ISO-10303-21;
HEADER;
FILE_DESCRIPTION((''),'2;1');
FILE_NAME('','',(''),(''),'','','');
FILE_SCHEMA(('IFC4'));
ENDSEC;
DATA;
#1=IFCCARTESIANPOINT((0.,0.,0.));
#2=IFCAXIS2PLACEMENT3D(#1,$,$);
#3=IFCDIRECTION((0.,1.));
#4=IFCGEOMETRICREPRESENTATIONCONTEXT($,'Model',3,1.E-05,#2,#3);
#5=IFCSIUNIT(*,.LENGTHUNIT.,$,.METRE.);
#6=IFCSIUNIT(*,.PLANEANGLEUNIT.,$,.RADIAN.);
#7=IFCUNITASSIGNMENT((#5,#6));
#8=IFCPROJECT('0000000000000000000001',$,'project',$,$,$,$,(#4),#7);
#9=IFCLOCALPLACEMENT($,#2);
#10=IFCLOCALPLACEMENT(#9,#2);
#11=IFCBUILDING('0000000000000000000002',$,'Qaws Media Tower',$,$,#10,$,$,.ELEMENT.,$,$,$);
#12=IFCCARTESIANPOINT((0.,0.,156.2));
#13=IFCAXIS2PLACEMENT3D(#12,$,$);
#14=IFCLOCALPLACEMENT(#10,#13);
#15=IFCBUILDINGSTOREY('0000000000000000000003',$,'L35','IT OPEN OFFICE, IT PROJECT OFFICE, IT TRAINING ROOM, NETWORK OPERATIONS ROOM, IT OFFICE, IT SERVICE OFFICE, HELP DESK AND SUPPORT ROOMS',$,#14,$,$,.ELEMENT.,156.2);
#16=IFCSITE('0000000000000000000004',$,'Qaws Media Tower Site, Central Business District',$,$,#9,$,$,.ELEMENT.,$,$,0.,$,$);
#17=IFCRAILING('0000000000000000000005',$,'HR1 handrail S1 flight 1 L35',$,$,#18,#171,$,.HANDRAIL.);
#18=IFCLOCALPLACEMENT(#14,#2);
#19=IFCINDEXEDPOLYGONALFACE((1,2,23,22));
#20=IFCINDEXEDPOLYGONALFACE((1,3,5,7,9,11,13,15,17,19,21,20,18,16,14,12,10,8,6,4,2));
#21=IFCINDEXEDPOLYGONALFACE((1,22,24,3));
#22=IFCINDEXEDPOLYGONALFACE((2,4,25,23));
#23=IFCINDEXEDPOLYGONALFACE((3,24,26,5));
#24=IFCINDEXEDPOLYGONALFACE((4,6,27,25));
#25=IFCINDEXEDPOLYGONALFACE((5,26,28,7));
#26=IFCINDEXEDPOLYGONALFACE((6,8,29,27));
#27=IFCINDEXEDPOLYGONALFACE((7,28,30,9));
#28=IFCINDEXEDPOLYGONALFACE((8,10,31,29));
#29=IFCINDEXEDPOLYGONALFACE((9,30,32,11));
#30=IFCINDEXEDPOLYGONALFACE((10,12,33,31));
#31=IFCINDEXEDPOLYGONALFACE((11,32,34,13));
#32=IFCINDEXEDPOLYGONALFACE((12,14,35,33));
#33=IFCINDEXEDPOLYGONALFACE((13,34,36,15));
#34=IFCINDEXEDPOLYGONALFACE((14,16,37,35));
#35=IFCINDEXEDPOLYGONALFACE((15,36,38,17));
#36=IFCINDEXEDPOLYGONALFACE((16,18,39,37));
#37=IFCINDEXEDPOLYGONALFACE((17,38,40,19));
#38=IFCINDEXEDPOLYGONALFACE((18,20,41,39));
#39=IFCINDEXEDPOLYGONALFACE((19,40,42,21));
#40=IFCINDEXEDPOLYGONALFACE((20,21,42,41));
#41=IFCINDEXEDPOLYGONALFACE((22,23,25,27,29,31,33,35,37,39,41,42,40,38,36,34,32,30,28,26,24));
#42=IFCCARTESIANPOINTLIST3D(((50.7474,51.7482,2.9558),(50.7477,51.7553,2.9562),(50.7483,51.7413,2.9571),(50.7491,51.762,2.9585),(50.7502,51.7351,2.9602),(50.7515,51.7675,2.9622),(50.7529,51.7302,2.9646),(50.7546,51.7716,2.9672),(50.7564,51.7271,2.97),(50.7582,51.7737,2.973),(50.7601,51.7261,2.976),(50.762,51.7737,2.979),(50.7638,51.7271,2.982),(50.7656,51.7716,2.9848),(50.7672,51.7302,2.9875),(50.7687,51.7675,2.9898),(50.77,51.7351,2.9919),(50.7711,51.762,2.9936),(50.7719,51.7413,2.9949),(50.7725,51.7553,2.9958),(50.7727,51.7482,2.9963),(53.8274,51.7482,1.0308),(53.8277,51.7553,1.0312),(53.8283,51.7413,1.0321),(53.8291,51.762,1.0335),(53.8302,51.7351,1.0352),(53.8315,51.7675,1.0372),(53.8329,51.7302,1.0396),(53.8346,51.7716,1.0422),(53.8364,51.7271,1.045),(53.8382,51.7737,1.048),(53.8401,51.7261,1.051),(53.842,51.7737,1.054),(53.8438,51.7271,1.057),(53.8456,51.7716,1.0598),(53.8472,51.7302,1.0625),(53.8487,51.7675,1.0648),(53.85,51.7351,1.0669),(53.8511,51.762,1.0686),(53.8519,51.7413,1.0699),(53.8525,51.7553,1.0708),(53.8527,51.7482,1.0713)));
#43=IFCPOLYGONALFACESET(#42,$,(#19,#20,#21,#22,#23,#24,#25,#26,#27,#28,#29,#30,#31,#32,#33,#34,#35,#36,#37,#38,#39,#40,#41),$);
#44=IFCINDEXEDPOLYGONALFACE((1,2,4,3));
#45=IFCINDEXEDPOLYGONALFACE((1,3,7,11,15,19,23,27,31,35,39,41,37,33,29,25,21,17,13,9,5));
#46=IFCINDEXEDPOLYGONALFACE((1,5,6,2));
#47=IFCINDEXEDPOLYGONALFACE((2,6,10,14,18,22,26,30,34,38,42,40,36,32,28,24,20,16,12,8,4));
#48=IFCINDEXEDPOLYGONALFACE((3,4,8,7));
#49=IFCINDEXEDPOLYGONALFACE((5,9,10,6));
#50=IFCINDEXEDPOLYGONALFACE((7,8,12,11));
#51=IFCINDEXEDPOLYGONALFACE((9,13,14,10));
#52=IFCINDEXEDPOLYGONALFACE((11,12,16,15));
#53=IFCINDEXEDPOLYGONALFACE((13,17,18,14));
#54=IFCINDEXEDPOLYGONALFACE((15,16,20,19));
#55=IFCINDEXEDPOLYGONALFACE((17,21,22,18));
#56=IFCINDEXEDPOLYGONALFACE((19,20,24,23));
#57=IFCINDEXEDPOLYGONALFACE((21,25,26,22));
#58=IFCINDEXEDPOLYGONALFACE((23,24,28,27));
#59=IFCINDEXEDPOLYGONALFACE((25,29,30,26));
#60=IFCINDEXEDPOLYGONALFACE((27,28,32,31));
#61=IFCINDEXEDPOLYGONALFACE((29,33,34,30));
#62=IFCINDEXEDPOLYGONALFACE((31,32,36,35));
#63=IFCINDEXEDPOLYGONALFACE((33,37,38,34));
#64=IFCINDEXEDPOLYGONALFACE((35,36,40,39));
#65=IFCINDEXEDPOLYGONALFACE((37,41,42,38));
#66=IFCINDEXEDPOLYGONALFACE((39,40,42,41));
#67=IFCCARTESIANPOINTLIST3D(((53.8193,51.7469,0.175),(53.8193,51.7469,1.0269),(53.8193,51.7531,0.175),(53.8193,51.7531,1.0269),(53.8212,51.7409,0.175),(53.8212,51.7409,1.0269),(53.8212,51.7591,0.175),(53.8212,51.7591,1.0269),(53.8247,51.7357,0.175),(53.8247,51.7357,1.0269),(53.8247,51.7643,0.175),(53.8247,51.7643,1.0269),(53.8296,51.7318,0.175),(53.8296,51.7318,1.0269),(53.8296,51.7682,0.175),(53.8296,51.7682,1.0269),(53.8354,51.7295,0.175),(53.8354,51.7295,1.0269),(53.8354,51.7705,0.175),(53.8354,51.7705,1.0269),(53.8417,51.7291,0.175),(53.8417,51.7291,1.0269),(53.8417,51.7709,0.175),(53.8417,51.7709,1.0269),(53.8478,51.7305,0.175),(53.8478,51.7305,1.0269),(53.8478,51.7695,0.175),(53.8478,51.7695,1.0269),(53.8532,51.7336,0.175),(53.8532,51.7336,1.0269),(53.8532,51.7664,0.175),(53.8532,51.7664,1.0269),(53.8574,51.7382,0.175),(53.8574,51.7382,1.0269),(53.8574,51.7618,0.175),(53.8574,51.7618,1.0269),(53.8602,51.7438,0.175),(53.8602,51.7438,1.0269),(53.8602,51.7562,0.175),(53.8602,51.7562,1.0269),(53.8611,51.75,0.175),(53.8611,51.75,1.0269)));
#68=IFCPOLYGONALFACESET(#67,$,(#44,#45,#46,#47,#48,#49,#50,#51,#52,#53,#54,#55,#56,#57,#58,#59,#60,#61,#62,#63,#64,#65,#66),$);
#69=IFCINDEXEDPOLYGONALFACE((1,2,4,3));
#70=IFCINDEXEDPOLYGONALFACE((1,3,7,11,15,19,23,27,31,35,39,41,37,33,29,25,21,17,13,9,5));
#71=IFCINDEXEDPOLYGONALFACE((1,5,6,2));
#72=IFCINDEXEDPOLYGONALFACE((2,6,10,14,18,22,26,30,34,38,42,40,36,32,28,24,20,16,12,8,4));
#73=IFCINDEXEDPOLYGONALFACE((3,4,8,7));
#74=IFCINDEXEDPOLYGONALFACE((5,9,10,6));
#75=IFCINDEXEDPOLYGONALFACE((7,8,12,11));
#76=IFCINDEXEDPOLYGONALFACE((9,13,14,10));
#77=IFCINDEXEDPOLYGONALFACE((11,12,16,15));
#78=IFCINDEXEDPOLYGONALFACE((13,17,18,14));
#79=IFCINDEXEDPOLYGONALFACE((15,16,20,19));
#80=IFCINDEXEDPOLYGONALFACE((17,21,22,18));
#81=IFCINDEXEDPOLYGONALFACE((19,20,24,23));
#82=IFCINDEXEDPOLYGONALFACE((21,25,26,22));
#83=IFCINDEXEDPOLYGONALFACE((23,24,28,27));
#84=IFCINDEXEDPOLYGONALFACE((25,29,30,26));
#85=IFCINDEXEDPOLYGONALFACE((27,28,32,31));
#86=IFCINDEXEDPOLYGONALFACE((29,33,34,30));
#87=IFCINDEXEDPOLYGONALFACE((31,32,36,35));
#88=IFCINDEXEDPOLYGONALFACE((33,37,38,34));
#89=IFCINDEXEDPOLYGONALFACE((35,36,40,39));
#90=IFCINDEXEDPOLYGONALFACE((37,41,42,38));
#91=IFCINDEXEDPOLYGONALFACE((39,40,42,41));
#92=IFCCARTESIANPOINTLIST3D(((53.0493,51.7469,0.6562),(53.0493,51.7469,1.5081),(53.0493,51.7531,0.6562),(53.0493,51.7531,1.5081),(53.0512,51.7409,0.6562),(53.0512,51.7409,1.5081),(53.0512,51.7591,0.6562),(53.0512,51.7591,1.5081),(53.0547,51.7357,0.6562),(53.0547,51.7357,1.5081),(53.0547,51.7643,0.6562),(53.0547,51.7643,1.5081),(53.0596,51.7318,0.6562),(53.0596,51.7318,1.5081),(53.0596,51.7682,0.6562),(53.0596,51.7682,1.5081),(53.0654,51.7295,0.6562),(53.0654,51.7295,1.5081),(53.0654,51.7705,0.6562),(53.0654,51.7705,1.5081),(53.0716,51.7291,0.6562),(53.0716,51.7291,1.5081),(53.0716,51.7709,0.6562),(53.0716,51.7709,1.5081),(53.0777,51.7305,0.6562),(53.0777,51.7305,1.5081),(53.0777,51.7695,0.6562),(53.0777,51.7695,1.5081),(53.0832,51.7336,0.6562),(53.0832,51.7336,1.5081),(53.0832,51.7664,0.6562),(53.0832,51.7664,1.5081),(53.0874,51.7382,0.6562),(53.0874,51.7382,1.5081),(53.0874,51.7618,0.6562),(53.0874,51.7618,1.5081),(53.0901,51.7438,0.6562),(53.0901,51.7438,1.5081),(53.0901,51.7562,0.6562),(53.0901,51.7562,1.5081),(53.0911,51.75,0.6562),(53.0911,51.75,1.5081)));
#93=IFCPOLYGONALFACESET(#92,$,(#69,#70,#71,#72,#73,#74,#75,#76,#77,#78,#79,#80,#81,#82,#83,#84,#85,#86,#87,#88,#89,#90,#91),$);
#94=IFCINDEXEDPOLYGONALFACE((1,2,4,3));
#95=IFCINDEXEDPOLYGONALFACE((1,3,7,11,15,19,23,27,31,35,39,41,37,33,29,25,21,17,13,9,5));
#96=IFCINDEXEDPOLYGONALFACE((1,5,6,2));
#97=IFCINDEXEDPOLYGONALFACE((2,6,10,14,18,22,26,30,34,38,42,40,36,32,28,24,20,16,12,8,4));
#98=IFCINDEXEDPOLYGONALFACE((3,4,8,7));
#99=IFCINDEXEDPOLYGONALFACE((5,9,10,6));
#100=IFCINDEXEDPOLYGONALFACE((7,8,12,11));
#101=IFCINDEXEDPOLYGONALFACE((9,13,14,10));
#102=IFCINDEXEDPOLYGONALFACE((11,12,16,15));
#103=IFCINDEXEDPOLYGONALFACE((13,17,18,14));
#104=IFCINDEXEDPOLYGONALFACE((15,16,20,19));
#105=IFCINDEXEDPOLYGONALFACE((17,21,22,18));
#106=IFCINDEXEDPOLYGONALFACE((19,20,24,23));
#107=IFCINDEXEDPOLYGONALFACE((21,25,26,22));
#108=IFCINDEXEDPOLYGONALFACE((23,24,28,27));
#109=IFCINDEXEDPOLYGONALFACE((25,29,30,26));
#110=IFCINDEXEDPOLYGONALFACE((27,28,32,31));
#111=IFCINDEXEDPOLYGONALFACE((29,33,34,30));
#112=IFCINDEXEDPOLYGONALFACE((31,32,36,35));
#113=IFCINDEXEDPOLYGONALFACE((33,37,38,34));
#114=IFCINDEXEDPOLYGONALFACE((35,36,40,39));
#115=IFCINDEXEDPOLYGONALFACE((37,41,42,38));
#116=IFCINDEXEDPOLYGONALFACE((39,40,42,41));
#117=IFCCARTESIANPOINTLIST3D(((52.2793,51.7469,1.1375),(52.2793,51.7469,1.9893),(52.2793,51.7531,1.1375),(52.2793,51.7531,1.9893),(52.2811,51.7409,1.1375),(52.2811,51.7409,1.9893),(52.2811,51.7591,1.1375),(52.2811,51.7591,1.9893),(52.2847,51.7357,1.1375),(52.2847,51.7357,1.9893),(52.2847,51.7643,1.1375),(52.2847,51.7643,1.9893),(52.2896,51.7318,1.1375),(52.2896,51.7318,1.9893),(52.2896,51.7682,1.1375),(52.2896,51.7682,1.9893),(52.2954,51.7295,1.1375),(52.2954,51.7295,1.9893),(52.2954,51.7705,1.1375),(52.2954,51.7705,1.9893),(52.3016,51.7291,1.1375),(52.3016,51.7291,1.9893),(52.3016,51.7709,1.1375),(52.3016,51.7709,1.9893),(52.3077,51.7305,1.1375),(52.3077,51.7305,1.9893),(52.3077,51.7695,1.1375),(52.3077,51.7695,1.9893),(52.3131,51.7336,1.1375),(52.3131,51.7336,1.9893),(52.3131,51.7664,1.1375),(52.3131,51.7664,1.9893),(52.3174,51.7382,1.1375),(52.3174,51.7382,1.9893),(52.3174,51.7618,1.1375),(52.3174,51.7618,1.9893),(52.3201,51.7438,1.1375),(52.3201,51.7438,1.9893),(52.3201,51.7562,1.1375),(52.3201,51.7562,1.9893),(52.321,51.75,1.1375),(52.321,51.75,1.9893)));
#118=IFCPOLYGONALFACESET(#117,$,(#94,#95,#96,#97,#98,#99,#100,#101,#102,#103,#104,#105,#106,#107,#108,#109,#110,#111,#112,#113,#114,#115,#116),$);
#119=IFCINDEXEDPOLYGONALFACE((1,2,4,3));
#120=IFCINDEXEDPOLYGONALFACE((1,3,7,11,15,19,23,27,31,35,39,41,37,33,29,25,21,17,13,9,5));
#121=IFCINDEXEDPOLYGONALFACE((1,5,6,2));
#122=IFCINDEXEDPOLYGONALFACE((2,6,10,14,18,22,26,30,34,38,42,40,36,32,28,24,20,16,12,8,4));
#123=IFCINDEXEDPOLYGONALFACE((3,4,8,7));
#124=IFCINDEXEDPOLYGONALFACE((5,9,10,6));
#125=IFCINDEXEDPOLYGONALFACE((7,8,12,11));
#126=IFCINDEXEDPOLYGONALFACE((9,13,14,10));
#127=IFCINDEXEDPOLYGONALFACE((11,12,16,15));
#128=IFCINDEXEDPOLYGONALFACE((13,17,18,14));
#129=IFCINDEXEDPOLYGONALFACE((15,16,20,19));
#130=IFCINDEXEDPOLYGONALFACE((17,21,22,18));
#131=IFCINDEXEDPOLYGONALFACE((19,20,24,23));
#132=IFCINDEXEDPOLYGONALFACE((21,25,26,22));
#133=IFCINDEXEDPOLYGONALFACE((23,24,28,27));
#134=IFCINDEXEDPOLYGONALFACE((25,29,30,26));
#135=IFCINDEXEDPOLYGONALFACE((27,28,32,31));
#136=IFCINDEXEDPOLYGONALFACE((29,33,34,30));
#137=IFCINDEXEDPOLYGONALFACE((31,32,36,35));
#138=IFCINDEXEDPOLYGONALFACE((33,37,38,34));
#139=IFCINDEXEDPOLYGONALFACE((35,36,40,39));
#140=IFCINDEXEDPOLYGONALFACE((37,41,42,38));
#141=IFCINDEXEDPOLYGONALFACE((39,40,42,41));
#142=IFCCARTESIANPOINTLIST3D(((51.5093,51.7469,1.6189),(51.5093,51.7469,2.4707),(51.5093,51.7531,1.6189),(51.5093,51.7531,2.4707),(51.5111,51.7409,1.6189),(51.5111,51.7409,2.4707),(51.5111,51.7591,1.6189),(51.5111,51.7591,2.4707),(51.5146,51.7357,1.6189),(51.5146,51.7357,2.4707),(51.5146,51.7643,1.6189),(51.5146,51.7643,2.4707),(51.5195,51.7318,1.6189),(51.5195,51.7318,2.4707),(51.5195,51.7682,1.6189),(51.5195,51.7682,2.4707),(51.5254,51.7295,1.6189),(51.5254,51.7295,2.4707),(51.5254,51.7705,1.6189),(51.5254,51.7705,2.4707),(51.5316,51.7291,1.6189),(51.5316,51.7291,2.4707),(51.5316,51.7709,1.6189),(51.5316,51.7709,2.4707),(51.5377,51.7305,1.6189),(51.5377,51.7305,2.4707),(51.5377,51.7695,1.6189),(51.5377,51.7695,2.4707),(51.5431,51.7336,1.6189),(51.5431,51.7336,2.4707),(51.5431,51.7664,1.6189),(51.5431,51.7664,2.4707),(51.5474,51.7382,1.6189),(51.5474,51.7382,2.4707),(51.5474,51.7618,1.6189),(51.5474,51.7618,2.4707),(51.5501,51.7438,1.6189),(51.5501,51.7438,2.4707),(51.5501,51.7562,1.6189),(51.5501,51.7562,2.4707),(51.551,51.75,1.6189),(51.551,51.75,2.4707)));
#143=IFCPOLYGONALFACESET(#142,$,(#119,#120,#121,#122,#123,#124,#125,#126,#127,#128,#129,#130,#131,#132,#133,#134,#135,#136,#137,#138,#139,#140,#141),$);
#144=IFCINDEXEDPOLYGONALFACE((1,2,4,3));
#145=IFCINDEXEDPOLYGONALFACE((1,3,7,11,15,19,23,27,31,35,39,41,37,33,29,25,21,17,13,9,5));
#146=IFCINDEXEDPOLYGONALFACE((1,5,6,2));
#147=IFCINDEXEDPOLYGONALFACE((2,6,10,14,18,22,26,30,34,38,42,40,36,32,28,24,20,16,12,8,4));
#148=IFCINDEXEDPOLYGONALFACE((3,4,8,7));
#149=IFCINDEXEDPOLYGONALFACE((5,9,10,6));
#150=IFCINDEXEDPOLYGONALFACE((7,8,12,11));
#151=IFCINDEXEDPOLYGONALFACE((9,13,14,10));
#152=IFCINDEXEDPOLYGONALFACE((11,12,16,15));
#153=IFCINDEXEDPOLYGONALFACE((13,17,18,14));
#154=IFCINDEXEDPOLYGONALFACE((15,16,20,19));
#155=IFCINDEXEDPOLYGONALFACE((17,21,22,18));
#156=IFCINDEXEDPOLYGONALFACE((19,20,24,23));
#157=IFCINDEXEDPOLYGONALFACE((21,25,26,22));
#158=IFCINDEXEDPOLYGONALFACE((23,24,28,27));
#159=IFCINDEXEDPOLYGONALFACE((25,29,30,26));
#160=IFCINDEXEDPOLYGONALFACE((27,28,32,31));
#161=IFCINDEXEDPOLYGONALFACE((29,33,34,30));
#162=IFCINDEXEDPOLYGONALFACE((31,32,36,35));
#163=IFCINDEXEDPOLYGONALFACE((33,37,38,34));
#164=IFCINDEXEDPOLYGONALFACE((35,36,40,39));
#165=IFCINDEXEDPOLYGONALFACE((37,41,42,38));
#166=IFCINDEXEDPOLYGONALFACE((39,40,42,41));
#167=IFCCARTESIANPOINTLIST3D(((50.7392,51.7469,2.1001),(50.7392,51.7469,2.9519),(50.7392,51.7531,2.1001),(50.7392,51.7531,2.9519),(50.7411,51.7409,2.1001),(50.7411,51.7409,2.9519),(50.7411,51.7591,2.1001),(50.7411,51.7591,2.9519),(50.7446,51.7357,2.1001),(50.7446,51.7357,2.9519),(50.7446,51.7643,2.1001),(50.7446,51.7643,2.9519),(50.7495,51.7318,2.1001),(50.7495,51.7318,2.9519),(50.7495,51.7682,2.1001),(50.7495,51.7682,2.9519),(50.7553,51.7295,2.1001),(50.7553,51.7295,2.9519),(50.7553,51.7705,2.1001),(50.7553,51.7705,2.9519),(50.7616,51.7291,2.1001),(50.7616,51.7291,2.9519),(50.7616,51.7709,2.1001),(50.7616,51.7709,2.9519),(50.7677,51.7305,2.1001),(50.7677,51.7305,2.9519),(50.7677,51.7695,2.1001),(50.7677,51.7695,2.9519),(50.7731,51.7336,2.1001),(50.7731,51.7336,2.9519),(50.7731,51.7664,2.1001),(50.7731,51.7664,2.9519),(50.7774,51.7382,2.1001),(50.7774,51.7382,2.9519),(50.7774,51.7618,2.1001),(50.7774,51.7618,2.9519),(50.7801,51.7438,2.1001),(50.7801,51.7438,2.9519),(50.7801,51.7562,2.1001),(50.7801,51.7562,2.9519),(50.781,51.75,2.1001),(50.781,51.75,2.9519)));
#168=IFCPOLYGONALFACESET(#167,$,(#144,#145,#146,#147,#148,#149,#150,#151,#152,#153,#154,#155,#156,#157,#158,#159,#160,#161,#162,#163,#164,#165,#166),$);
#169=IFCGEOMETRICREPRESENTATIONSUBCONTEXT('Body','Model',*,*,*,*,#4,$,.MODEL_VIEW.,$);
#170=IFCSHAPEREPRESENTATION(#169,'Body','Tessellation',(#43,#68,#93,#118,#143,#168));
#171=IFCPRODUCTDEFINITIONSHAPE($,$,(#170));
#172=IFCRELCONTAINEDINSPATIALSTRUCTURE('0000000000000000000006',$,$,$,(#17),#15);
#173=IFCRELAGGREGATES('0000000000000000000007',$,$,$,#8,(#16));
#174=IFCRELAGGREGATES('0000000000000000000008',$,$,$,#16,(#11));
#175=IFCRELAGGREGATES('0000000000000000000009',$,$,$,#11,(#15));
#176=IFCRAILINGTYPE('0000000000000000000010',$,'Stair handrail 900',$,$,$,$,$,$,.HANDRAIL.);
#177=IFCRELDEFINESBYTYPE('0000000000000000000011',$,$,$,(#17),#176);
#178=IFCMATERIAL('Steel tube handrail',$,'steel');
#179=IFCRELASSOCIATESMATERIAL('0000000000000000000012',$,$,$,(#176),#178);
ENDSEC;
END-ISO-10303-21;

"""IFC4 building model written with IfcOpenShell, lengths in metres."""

from ifc_helpers import new_model, si_unit, direction, frame, origin, origin_2d, place, context, subcontext, project, spatial, circle, extrude, material, type_object, element, save


model = new_model("IFC4")

# Units and contexts
model_context = context("Model", 3, precision=1e-05, world=origin(), true_north=direction((0.0, 1.0)))
body_context = subcontext(model_context, "Body", "Model", "MODEL_VIEW")
ifc_project = project(units=[si_unit("LENGTHUNIT", "METRE"), si_unit("PLANEANGLEUNIT", "RADIAN")], contexts=[model_context])

# Site, building, storey
site_placement = place(None, origin())
site = spatial("IfcSite", under=ifc_project, at=site_placement, Name="Qaws Media Tower Site, Central Business District", CompositionType="ELEMENT", RefElevation=0.0)
building_placement = place(site_placement, origin())
building = spatial("IfcBuilding", under=site, at=building_placement, Name="Qaws Media Tower", CompositionType="ELEMENT")
storey_placement = place(building_placement, frame((0.0, 0.0, 156.2)))
storey = spatial("IfcBuildingStorey", under=building, at=storey_placement, Name="L35", Description="IT OPEN OFFICE, IT PROJECT OFFICE, IT TRAINING ROOM, NETWORK OPERATIONS ROOM, IT OFFICE, IT SERVICE OFFICE, HELP DESK AND SUPPORT ROOMS", CompositionType="ELEMENT", Elevation=156.2)

# Railing
ifc_material_1 = material(Name="Steel tube handrail", Category="steel")
railing_type = type_object("IfcRailingType", Name="Stair handrail 900", PredefinedType="HANDRAIL", material=ifc_material_1)
for number, where, name in (
    (1, (53.8401, 51.75, 0.175), "HR1 handrail S1 flight 1 L35"),
):
    element("IfcRailing", number, at=place(storey_placement, frame(where)), inside=storey, type_object=railing_type, Name=name, PredefinedType="HANDRAIL", context=body_context, shape_type="SweptSolid", body=[
        extrude(circle(Radius=0.0239, at=origin_2d()), frame((0.0, 0.0, 0.876), z_axis=(-0.847998, 0.0, 0.529999), x_axis=(0.0, -1.0, 0.0)), (0.0, 0.0, 1.0), 3.6321),
        extrude(circle(Radius=0.021, at=origin_2d()), origin(), (0.0, 0.0, 1.0), 0.8518),
        extrude(circle(Radius=0.021, at=origin_2d()), frame((-0.77, 0.0, 0.4812)), (0.0, 0.0, 1.0), 0.8518),
        extrude(circle(Radius=0.021, at=origin_2d()), frame((-1.54, 0.0, 0.9624)), (0.0, 0.0, 1.0), 0.8518),
        extrude(circle(Radius=0.021, at=origin_2d()), frame((-2.3101, 0.0, 1.4438)), (0.0, 0.0, 1.0), 0.8518),
        extrude(circle(Radius=0.021, at=origin_2d()), frame((-3.0801, 0.0, 1.925)), (0.0, 0.0, 1.0), 0.8518),
    ])

save(model, "model.ifc")
